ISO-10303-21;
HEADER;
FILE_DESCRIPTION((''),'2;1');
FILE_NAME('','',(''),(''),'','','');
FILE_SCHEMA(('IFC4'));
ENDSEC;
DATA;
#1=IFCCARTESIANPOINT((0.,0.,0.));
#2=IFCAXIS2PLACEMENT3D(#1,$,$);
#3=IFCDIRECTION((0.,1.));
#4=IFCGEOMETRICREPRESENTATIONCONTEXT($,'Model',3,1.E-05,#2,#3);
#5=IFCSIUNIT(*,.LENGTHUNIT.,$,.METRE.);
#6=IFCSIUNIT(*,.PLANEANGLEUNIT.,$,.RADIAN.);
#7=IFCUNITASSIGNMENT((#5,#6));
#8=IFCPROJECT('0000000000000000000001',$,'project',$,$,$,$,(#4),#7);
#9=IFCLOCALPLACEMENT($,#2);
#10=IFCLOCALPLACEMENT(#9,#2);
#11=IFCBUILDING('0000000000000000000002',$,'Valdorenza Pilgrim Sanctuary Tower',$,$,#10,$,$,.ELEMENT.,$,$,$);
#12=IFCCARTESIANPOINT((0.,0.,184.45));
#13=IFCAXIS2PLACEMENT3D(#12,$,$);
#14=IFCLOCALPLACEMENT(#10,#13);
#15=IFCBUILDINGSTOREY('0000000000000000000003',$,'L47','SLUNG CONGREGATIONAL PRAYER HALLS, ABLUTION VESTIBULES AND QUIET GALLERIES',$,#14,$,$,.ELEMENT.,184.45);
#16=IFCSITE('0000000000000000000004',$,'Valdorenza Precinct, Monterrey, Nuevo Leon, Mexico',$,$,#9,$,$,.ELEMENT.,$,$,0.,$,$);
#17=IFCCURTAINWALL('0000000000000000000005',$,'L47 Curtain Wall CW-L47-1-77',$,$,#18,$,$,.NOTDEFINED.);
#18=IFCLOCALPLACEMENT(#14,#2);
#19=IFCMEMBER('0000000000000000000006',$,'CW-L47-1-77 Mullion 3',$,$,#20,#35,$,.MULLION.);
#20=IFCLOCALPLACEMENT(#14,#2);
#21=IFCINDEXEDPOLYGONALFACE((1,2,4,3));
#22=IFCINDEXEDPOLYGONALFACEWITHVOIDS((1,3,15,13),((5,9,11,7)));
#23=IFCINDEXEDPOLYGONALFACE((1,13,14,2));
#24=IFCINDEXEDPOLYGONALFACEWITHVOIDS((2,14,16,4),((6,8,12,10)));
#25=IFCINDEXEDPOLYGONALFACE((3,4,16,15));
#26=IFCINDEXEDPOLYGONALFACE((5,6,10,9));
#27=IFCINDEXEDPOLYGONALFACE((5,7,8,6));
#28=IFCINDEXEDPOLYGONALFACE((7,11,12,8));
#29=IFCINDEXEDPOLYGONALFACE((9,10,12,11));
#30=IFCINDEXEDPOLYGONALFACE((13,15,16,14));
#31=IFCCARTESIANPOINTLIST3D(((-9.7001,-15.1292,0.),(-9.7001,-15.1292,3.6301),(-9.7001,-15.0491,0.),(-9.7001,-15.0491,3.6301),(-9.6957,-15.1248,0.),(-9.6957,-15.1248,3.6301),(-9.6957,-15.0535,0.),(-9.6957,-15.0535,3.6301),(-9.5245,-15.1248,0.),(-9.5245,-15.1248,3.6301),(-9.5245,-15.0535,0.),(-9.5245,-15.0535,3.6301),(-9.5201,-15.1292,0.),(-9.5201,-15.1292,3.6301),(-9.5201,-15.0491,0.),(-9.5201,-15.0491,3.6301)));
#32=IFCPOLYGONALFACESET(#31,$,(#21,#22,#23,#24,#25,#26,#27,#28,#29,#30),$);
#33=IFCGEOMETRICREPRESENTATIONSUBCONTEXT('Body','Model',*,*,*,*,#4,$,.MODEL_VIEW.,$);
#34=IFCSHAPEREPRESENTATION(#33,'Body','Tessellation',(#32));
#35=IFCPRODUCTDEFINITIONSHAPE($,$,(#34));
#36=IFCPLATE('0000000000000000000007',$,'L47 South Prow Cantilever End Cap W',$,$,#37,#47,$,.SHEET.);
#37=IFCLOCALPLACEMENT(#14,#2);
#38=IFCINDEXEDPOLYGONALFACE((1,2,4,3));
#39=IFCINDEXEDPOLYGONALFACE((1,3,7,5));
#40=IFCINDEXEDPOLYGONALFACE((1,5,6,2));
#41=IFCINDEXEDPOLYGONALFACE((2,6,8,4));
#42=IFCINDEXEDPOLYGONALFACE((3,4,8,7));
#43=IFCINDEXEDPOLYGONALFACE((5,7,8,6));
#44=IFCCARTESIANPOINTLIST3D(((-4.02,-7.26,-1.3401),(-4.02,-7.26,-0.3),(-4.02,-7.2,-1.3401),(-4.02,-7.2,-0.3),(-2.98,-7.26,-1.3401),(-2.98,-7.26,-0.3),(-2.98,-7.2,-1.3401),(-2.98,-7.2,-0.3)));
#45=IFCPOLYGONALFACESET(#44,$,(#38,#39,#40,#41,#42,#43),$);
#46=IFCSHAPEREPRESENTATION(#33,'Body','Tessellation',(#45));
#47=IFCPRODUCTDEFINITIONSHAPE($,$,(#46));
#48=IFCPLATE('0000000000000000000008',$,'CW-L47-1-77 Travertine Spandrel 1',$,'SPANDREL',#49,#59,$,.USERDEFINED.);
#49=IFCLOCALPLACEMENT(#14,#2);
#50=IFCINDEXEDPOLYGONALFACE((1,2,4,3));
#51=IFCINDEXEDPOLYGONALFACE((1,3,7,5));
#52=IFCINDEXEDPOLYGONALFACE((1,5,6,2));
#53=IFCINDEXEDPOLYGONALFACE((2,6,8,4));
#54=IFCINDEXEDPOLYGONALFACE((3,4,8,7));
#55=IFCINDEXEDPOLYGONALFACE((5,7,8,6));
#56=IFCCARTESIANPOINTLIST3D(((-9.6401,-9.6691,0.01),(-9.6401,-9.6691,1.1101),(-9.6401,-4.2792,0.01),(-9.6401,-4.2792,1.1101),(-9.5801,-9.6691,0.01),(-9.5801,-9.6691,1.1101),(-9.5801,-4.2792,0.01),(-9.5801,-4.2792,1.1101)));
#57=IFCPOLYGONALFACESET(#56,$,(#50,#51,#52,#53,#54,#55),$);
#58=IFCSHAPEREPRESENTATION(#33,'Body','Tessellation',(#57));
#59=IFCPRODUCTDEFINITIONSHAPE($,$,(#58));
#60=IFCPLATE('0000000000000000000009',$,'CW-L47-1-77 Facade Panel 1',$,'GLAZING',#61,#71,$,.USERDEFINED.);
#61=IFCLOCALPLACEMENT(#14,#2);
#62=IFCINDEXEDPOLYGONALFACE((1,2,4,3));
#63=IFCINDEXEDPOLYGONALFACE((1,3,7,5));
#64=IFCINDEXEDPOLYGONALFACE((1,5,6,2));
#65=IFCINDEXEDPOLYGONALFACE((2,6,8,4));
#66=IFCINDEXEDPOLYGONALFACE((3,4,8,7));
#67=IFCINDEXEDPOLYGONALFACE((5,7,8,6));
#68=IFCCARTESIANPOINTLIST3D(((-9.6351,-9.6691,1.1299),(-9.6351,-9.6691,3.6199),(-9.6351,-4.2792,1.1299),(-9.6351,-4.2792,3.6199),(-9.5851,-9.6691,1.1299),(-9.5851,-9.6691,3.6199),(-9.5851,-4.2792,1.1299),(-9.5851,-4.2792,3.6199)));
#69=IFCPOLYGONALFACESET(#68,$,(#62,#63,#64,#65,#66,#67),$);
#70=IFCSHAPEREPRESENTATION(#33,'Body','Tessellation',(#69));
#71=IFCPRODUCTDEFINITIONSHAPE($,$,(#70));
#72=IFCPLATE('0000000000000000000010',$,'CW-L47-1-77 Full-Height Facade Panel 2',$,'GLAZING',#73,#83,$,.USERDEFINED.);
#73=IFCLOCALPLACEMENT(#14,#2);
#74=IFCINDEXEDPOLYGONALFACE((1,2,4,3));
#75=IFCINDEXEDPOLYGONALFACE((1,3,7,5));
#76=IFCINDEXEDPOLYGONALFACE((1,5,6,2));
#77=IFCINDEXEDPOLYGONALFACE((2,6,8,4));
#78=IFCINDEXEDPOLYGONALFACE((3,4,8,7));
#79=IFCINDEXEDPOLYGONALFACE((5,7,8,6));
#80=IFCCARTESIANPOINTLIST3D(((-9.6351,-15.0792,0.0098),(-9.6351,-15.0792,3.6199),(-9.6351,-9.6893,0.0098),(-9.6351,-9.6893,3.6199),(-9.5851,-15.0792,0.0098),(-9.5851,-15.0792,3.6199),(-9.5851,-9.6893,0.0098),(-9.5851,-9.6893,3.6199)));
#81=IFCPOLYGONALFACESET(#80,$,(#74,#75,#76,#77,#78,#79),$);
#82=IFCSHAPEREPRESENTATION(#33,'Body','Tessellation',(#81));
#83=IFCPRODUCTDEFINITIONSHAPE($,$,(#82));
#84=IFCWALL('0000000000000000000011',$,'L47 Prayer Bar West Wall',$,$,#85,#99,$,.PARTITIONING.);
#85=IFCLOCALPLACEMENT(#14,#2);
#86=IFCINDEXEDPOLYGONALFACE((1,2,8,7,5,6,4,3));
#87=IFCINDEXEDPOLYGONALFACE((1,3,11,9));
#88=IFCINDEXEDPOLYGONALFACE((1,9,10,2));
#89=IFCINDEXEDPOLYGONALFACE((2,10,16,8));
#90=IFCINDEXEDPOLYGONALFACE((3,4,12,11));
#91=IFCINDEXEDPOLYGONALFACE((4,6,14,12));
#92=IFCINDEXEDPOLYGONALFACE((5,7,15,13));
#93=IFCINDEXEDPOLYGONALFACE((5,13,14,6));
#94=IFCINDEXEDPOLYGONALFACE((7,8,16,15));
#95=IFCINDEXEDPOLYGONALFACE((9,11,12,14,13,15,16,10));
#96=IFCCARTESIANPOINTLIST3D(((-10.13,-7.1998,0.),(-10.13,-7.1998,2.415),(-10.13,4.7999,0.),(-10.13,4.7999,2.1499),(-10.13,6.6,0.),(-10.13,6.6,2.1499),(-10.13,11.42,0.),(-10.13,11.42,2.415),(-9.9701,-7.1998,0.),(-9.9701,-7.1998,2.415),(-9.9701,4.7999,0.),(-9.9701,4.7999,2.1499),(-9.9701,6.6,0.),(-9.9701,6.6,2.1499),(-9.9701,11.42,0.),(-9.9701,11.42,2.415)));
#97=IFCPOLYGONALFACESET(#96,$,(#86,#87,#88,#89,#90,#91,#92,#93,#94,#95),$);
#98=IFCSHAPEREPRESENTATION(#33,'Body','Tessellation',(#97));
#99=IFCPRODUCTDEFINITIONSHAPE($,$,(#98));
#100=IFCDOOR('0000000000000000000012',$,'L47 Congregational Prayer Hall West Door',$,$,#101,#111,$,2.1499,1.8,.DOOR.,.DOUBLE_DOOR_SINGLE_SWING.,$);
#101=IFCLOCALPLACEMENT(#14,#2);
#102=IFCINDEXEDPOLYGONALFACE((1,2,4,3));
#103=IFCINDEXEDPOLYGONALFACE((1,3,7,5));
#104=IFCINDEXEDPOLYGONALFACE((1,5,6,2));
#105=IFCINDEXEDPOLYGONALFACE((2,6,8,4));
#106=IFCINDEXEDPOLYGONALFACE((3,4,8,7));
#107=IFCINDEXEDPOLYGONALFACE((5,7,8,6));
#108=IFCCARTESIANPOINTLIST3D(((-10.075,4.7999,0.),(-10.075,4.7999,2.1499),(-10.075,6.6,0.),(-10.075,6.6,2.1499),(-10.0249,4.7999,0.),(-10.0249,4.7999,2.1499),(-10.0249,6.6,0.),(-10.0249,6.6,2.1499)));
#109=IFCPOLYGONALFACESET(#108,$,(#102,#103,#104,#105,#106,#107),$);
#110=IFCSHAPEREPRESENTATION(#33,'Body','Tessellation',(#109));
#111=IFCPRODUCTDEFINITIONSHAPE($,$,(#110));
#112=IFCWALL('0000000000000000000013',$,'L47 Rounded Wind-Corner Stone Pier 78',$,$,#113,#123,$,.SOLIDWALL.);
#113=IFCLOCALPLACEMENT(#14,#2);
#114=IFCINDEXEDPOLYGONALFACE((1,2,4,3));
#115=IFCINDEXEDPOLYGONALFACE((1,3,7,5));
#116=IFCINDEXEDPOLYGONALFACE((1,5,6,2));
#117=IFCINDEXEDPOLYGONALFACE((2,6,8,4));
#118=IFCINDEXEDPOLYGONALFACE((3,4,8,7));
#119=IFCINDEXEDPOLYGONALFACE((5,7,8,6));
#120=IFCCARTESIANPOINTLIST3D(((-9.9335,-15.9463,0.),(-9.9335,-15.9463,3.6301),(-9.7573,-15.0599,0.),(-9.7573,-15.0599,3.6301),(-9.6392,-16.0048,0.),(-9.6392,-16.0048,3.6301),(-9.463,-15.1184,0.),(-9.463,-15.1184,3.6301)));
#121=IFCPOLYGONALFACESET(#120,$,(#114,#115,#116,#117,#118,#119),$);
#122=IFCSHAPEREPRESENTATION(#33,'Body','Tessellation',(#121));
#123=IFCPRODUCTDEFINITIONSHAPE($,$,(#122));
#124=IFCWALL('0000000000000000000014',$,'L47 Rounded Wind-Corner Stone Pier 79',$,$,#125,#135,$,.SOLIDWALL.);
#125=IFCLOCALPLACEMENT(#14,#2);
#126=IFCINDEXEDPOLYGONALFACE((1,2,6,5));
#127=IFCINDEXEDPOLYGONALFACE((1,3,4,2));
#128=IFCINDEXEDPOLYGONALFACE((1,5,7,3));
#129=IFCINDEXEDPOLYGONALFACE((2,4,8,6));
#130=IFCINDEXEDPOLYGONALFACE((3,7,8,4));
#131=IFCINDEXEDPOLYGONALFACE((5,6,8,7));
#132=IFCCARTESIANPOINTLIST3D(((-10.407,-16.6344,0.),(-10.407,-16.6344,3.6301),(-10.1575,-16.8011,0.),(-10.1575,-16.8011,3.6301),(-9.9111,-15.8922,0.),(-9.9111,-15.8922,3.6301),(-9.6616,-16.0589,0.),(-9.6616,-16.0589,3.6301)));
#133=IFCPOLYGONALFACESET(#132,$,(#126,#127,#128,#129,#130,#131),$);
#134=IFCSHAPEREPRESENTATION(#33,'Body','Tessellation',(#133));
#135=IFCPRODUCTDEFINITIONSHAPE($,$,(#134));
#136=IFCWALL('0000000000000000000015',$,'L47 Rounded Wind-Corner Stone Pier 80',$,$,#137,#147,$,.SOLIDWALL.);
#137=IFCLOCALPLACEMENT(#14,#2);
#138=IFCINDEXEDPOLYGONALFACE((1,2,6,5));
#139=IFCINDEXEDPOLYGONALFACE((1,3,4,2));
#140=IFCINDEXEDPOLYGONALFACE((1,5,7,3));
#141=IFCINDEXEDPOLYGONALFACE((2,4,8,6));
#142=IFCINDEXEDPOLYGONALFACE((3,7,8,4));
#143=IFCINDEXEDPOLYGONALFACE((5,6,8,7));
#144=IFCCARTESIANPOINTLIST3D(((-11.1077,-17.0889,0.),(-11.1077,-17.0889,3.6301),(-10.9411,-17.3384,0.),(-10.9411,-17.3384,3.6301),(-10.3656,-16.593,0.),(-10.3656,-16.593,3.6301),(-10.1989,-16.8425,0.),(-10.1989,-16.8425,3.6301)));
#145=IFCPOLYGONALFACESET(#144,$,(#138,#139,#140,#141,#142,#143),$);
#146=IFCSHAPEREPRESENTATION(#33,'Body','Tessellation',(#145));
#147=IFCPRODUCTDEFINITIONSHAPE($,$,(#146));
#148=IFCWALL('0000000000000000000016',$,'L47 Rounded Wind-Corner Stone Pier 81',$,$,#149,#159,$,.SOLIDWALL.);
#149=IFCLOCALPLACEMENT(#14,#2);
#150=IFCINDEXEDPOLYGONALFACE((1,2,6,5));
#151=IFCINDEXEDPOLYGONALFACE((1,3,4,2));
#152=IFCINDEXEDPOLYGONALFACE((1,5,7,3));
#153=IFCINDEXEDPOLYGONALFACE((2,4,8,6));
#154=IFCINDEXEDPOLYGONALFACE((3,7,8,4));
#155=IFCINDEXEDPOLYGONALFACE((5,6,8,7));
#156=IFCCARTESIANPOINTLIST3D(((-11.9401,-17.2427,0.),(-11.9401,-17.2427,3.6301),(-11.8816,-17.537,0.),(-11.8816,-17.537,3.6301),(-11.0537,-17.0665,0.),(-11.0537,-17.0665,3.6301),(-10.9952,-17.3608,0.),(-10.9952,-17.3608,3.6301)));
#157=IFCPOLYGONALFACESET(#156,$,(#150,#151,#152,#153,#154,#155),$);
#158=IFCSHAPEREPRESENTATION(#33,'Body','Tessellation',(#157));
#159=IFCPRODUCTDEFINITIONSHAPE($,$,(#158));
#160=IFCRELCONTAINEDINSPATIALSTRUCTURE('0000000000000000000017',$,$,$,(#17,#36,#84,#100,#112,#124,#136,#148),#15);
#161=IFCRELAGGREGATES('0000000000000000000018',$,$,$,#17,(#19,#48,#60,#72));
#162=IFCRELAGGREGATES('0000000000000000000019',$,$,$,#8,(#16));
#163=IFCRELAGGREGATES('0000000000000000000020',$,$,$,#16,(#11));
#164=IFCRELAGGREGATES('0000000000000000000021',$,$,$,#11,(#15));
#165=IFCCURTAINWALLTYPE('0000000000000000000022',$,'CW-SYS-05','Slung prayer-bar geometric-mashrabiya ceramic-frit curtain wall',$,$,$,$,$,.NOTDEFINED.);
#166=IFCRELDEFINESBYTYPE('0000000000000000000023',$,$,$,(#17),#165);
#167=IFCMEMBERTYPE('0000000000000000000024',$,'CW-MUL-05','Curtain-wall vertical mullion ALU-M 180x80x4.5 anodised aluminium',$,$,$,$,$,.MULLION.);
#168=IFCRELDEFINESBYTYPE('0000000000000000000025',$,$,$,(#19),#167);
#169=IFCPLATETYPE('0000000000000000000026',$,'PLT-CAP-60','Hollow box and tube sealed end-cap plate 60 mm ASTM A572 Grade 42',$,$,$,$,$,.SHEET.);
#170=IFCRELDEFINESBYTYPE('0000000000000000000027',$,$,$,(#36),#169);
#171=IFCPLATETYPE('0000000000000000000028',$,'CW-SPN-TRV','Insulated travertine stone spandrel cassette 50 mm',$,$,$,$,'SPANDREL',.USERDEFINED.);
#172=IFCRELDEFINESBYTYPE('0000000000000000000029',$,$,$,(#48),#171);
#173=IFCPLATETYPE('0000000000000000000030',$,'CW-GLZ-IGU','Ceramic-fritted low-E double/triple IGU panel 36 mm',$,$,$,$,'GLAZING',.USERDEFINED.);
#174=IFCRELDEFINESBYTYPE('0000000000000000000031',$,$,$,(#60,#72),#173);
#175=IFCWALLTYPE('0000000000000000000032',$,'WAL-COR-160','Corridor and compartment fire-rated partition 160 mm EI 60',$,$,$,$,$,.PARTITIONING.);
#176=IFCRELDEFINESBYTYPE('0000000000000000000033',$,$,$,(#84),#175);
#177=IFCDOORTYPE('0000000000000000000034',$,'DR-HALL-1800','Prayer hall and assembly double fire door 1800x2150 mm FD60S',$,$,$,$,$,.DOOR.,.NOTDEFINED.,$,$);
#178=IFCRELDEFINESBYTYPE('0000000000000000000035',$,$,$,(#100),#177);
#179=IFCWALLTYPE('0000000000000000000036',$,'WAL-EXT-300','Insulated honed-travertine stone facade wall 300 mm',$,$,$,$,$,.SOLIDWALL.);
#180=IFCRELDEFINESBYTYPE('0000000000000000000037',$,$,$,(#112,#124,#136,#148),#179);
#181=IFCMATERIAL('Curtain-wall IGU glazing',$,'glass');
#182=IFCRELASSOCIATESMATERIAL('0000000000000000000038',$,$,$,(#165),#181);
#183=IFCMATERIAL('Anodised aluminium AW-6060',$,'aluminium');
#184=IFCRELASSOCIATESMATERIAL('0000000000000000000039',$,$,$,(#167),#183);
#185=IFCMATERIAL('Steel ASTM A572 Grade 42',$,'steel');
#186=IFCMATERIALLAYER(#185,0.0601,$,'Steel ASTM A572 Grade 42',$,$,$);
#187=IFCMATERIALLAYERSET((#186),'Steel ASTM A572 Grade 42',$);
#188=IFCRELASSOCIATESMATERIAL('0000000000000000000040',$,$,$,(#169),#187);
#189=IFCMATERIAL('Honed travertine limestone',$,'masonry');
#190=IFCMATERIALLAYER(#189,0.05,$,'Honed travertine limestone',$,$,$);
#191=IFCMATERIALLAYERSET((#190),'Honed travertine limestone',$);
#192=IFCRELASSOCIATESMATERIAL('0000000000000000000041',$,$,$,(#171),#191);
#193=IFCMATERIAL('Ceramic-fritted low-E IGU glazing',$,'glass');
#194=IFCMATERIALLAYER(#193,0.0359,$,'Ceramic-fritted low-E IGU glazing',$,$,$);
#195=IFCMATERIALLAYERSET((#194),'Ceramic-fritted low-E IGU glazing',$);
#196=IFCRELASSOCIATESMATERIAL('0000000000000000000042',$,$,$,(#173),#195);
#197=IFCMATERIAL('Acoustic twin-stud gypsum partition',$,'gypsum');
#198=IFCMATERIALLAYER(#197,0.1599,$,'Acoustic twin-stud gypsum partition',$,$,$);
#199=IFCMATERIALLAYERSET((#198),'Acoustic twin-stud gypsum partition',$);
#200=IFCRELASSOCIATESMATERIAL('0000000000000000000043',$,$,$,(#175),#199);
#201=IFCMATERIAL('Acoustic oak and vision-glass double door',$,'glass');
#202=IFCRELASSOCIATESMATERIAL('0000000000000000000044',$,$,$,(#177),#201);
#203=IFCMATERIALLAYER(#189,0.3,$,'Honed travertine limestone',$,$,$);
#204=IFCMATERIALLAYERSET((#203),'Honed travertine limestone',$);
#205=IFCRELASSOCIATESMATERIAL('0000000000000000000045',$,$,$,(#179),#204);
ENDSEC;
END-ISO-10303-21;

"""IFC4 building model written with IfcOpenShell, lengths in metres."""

from ifc_helpers import new_model, si_unit, direction, frame, frame_2d, origin, origin_2d, place, context, subcontext, project, spatial, rectangle, hollow_rectangle, extrude, source, transform, mapped, material, layer, layer_set, material_profile, profile_set, type_object, element, fill, aggregate, save


model = new_model("IFC4")

# Units and contexts
model_context = context("Model", 3, precision=1e-05, world=origin(), true_north=direction((0.0, 1.0)))
body_context = subcontext(model_context, "Body", "Model", "MODEL_VIEW")
ifc_project = project(units=[si_unit("LENGTHUNIT", "METRE"), si_unit("PLANEANGLEUNIT", "RADIAN")], contexts=[model_context])

# Site, building, storey
site_placement = place(None, origin())
site = spatial("IfcSite", under=ifc_project, at=site_placement, Name="Valdorenza Precinct, Monterrey, Nuevo Leon, Mexico", CompositionType="ELEMENT", RefElevation=0.0)
building_placement = place(site_placement, origin())
building = spatial("IfcBuilding", under=site, at=building_placement, Name="Valdorenza Pilgrim Sanctuary Tower", CompositionType="ELEMENT")
storey_placement = place(building_placement, frame((0.0, 0.0, 184.45)))
storey = spatial("IfcBuildingStorey", under=building, at=storey_placement, Name="L47", Description="SLUNG CONGREGATIONAL PRAYER HALLS, ABLUTION VESTIBULES AND QUIET GALLERIES", CompositionType="ELEMENT", Elevation=184.45)

# Curtain wall, member
ifc_material_1 = material(Name="Curtain-wall IGU glazing", Category="glass")
ifc_material_2 = material(Name="Anodised aluminium AW-6060", Category="aluminium")
curtain_wall_type_1 = type_object("IfcCurtainWallType", Name="CW-SYS-05", Description="Slung prayer-bar geometric-mashrabiya ceramic-frit curtain wall", PredefinedType="NOTDEFINED", material=ifc_material_1)
curtain_wall_1_placement = place(storey_placement, origin())
curtain_wall_1 = element("IfcCurtainWall", 1, at=curtain_wall_1_placement, inside=storey, type_object=curtain_wall_type_1, Name="L47 Curtain Wall CW-L47-1-77", PredefinedType="NOTDEFINED")
ifc_material_profile_1 = material_profile(ifc_material_2, hollow_rectangle(XDim=0.0801, YDim=0.1799, WallThickness=0.0044, at=origin_2d()), Name="ALU-M 180x80x4.5")
ifc_profile_set_1 = profile_set([ifc_material_profile_1], Name="Anodised aluminium AW-6060")
member_type_1 = type_object("IfcMemberType", Name="CW-MUL-05", Description="Curtain-wall vertical mullion ALU-M 180x80x4.5 anodised aluminium", PredefinedType="MULLION", material=ifc_profile_set_1)
shared_shape_1 = source(origin(), body_context, "Body", "SweptSolid", [
    extrude(hollow_rectangle(XDim=0.0801, YDim=0.1799, WallThickness=0.0044, at=origin_2d()), origin(), (0.0, 0.0, 1.0), 3.6301),
])
member_1_placement = place(storey_placement, frame((-9.6101, -15.0891, 0.0), z_axis=(0.0, 0.0, 1.0), x_axis=(0.0, -1.0, 0.0)))
member_1 = element("IfcMember", 2, at=member_1_placement, type_object=member_type_1, Name="CW-L47-1-77 Mullion 3", PredefinedType="MULLION", context=body_context, shape_type="MappedRepresentation", body=[
    mapped(shared_shape_1, transform((0.0, 0.0, 0.0), x_axis=(1.0, 0.0, 0.0), y_axis=(0.0, 1.0, 0.0), z_axis=(0.0, 0.0, 1.0), scale=1.0)),
])

# Plates
ifc_material_3 = material(Name="Steel ASTM A572 Grade 42", Category="steel")
ifc_layer_1 = layer(ifc_material_3, 0.0601, Name="Steel ASTM A572 Grade 42")
ifc_layer_set_1 = layer_set([ifc_layer_1], Name="Steel ASTM A572 Grade 42")
plate_type_1 = type_object("IfcPlateType", Name="PLT-CAP-60", Description="Hollow box and tube sealed end-cap plate 60 mm ASTM A572 Grade 42", PredefinedType="SHEET", material=ifc_layer_set_1)
shared_shape_2 = source(origin(), body_context, "Body", "SweptSolid", [
    extrude(rectangle(XDim=1.04, YDim=0.0601, at=origin_2d()), origin(), (0.0, 0.0, 1.0), 1.04),
])
plate_1_placement = place(storey_placement, frame((-3.5, -7.23, -1.3401), z_axis=(0.0, 0.0, 1.0), x_axis=(1.0, 0.0, 0.0)))
element("IfcPlate", 3, at=plate_1_placement, inside=storey, type_object=plate_type_1, Name="L47 South Prow Cantilever End Cap W", PredefinedType="SHEET", context=body_context, shape_type="MappedRepresentation", body=[
    mapped(shared_shape_2, transform((0.0, 0.0, 0.0), x_axis=(1.0, 0.0, 0.0), y_axis=(0.0, 1.0, 0.0), z_axis=(0.0, 0.0, 1.0), scale=1.0)),
])
ifc_material_4 = material(Name="Honed travertine limestone", Category="masonry")
ifc_layer_2 = layer(ifc_material_4, 0.05, Name="Honed travertine limestone")
ifc_layer_set_2 = layer_set([ifc_layer_2], Name="Honed travertine limestone")
plate_type_2 = type_object("IfcPlateType", Name="CW-SPN-TRV", Description="Insulated travertine stone spandrel cassette 50 mm", ElementType="SPANDREL", PredefinedType="USERDEFINED", material=ifc_layer_set_2)
shared_shape_3 = source(origin(), body_context, "Body", "SweptSolid", [
    extrude(rectangle(XDim=5.3899, YDim=0.0601, at=origin_2d()), origin(), (0.0, 0.0, 1.0), 1.1001),
])
plate_2_placement = place(storey_placement, frame((-9.6101, -6.9741, 0.01), z_axis=(0.0, 0.0, 1.0), x_axis=(0.0, -1.0, 0.0)))
plate_2 = element("IfcPlate", 4, at=plate_2_placement, type_object=plate_type_2, Name="CW-L47-1-77 Travertine Spandrel 1", ObjectType="SPANDREL", PredefinedType="USERDEFINED", context=body_context, shape_type="MappedRepresentation", body=[
    mapped(shared_shape_3, transform((0.0, 0.0, 0.0), x_axis=(1.0, 0.0, 0.0), y_axis=(0.0, 1.0, 0.0), z_axis=(0.0, 0.0, 1.0), scale=1.0)),
])
ifc_material_5 = material(Name="Ceramic-fritted low-E IGU glazing", Category="glass")
ifc_layer_3 = layer(ifc_material_5, 0.0359, Name="Ceramic-fritted low-E IGU glazing")
ifc_layer_set_3 = layer_set([ifc_layer_3], Name="Ceramic-fritted low-E IGU glazing")
plate_type_3 = type_object("IfcPlateType", Name="CW-GLZ-IGU", Description="Ceramic-fritted low-E double/triple IGU panel 36 mm", ElementType="GLAZING", PredefinedType="USERDEFINED", material=ifc_layer_set_3)
shared_shape_4 = source(origin(), body_context, "Body", "SweptSolid", [
    extrude(rectangle(XDim=5.3899, YDim=0.05, at=origin_2d()), origin(), (0.0, 0.0, 1.0), 2.49),
])
plate_3_placement = place(storey_placement, frame((-9.6101, -6.9741, 1.1299), z_axis=(0.0, 0.0, 1.0), x_axis=(0.0, -1.0, 0.0)))
plate_3 = element("IfcPlate", 5, at=plate_3_placement, type_object=plate_type_3, Name="CW-L47-1-77 Facade Panel 1", ObjectType="GLAZING", PredefinedType="USERDEFINED", context=body_context, shape_type="MappedRepresentation", body=[
    mapped(shared_shape_4, transform((0.0, 0.0, 0.0), x_axis=(1.0, 0.0, 0.0), y_axis=(0.0, 1.0, 0.0), z_axis=(0.0, 0.0, 1.0), scale=1.0)),
])
shared_shape_5 = source(origin(), body_context, "Body", "SweptSolid", [
    extrude(rectangle(XDim=5.3899, YDim=0.05, at=origin_2d()), origin(), (0.0, 0.0, 1.0), 3.6101),
])
plate_4_placement = place(storey_placement, frame((-9.6101, -12.3843, 0.0098), z_axis=(0.0, 0.0, 1.0), x_axis=(0.0, -1.0, 0.0)))
plate_4 = element("IfcPlate", 6, at=plate_4_placement, type_object=plate_type_3, Name="CW-L47-1-77 Full-Height Facade Panel 2", ObjectType="GLAZING", PredefinedType="USERDEFINED", context=body_context, shape_type="MappedRepresentation", body=[
    mapped(shared_shape_5, transform((0.0, 0.0, 0.0), x_axis=(1.0, 0.0, 0.0), y_axis=(0.0, 1.0, 0.0), z_axis=(0.0, 0.0, 1.0), scale=1.0)),
])
aggregate(curtain_wall_1, [member_1, plate_2, plate_3, plate_4])

# Wall, opening, door
ifc_material_6 = material(Name="Acoustic twin-stud gypsum partition", Category="gypsum")
ifc_layer_4 = layer(ifc_material_6, 0.1599, Name="Acoustic twin-stud gypsum partition")
ifc_layer_set_4 = layer_set([ifc_layer_4], Name="Acoustic twin-stud gypsum partition")
wall_type_1 = type_object("IfcWallType", Name="WAL-COR-160", Description="Corridor and compartment fire-rated partition 160 mm EI 60", PredefinedType="PARTITIONING", material=ifc_layer_set_4)
wall_1_placement = place(storey_placement, frame((-10.05, -7.2, 0.0), z_axis=(0.0, 0.0, 1.0), x_axis=(0.0, 1.0, 0.0)))
wall_1 = element("IfcWall", 7, at=wall_1_placement, inside=storey, type_object=wall_type_1, Name="L47 Prayer Bar West Wall", PredefinedType="PARTITIONING", context=body_context, shape_type="SweptSolid", body=[
    extrude(rectangle(XDim=18.6199, YDim=0.1599, at=frame_2d((9.3101, 0.0))), origin(), (0.0, 0.0, 1.0), 2.415),
])
opening_placement = place(wall_1_placement, frame((12.0, 0.0, 0.0)))
opening = element("IfcOpeningElement", 8, at=opening_placement, cuts=wall_1, PredefinedType="OPENING", context=body_context, shape_type="SweptSolid", body=[
    extrude(rectangle(XDim=1.8, YDim=2.1499, at=frame_2d((0.8999, 1.075))), frame((0.0, 0.0947, 0.0), z_axis=(0.0, -1.0, 0.0), x_axis=(1.0, 0.0, 0.0)), (0.0, 0.0, 1.0), 0.1897),
])
ifc_material_7 = material(Name="Acoustic oak and vision-glass double door", Category="glass")
door_type = type_object("IfcDoorType", Name="DR-HALL-1800", Description="Prayer hall and assembly double fire door 1800x2150 mm FD60S", OperationType="NOTDEFINED", PredefinedType="DOOR", material=ifc_material_7)
door_placement = place(opening_placement, origin())
door = element("IfcDoor", 9, at=door_placement, inside=storey, type_object=door_type, Name="L47 Congregational Prayer Hall West Door", OperationType="DOUBLE_DOOR_SINGLE_SWING", OverallHeight=2.1499, OverallWidth=1.8, PredefinedType="DOOR", context=body_context, shape_type="SweptSolid", body=[
    extrude(rectangle(XDim=1.8, YDim=2.1499, at=frame_2d((0.8999, 1.075))), frame((0.0, 0.0249, 0.0), z_axis=(0.0, -1.0, 0.0), x_axis=(1.0, 0.0, 0.0)), (0.0, 0.0, 1.0), 0.05),
])
fill(opening, door)

# Walls
ifc_layer_5 = layer(ifc_material_4, 0.3, Name="Honed travertine limestone")
ifc_layer_set_5 = layer_set([ifc_layer_5], Name="Honed travertine limestone")
wall_type_2 = type_object("IfcWallType", Name="WAL-EXT-300", Description="Insulated honed-travertine stone facade wall 300 mm", PredefinedType="SOLIDWALL", material=ifc_layer_set_5)
wall_2_placement = place(storey_placement, frame((-9.6101, -15.0891, 0.0), z_axis=(0.0, 0.0, 1.0), x_axis=(-0.195025, -0.980798, 0.0)))
element("IfcWall", 10, at=wall_2_placement, inside=storey, type_object=wall_type_2, Name="L47 Rounded Wind-Corner Stone Pier 78", PredefinedType="SOLIDWALL", context=body_context, shape_type="SweptSolid", body=[
    extrude(rectangle(XDim=0.9038, YDim=0.3, at=frame_2d((0.4519, 0.0))), origin(), (0.0, 0.0, 1.0), 3.6301),
])
for number, where, z_axis, x_axis, name in (
    (11, (-9.7864, -15.9756, 0.0), (0.0, 0.0, 1.0), (-0.55552, -0.831503, 0.0), "L47 Rounded Wind-Corner Stone Pier 79"),
    (12, (-10.2822, -16.7178, 0.0), (0.0, 0.0, 1.0), (-0.831503, -0.55552, 0.0), "L47 Rounded Wind-Corner Stone Pier 80"),
):
    element("IfcWall", number, at=place(storey_placement, frame(where, z_axis=z_axis, x_axis=x_axis)), inside=storey, type_object=wall_type_2, Name=name, PredefinedType="SOLIDWALL", context=body_context, shape_type="SweptSolid", body=[
        extrude(rectangle(XDim=0.8926, YDim=0.3, at=frame_2d((0.4463, 0.0))), origin(), (0.0, 0.0, 1.0), 3.6301),
    ])
wall_3_placement = place(storey_placement, frame((-11.0244, -17.2136, 0.0), z_axis=(0.0, 0.0, 1.0), x_axis=(-0.980798, -0.195025, 0.0)))
element("IfcWall", 13, at=wall_3_placement, inside=storey, type_object=wall_type_2, Name="L47 Rounded Wind-Corner Stone Pier 81", PredefinedType="SOLIDWALL", context=body_context, shape_type="SweptSolid", body=[
    extrude(rectangle(XDim=0.9038, YDim=0.3, at=frame_2d((0.4519, 0.0))), origin(), (0.0, 0.0, 1.0), 3.6301),
])

save(model, "model.ifc")
